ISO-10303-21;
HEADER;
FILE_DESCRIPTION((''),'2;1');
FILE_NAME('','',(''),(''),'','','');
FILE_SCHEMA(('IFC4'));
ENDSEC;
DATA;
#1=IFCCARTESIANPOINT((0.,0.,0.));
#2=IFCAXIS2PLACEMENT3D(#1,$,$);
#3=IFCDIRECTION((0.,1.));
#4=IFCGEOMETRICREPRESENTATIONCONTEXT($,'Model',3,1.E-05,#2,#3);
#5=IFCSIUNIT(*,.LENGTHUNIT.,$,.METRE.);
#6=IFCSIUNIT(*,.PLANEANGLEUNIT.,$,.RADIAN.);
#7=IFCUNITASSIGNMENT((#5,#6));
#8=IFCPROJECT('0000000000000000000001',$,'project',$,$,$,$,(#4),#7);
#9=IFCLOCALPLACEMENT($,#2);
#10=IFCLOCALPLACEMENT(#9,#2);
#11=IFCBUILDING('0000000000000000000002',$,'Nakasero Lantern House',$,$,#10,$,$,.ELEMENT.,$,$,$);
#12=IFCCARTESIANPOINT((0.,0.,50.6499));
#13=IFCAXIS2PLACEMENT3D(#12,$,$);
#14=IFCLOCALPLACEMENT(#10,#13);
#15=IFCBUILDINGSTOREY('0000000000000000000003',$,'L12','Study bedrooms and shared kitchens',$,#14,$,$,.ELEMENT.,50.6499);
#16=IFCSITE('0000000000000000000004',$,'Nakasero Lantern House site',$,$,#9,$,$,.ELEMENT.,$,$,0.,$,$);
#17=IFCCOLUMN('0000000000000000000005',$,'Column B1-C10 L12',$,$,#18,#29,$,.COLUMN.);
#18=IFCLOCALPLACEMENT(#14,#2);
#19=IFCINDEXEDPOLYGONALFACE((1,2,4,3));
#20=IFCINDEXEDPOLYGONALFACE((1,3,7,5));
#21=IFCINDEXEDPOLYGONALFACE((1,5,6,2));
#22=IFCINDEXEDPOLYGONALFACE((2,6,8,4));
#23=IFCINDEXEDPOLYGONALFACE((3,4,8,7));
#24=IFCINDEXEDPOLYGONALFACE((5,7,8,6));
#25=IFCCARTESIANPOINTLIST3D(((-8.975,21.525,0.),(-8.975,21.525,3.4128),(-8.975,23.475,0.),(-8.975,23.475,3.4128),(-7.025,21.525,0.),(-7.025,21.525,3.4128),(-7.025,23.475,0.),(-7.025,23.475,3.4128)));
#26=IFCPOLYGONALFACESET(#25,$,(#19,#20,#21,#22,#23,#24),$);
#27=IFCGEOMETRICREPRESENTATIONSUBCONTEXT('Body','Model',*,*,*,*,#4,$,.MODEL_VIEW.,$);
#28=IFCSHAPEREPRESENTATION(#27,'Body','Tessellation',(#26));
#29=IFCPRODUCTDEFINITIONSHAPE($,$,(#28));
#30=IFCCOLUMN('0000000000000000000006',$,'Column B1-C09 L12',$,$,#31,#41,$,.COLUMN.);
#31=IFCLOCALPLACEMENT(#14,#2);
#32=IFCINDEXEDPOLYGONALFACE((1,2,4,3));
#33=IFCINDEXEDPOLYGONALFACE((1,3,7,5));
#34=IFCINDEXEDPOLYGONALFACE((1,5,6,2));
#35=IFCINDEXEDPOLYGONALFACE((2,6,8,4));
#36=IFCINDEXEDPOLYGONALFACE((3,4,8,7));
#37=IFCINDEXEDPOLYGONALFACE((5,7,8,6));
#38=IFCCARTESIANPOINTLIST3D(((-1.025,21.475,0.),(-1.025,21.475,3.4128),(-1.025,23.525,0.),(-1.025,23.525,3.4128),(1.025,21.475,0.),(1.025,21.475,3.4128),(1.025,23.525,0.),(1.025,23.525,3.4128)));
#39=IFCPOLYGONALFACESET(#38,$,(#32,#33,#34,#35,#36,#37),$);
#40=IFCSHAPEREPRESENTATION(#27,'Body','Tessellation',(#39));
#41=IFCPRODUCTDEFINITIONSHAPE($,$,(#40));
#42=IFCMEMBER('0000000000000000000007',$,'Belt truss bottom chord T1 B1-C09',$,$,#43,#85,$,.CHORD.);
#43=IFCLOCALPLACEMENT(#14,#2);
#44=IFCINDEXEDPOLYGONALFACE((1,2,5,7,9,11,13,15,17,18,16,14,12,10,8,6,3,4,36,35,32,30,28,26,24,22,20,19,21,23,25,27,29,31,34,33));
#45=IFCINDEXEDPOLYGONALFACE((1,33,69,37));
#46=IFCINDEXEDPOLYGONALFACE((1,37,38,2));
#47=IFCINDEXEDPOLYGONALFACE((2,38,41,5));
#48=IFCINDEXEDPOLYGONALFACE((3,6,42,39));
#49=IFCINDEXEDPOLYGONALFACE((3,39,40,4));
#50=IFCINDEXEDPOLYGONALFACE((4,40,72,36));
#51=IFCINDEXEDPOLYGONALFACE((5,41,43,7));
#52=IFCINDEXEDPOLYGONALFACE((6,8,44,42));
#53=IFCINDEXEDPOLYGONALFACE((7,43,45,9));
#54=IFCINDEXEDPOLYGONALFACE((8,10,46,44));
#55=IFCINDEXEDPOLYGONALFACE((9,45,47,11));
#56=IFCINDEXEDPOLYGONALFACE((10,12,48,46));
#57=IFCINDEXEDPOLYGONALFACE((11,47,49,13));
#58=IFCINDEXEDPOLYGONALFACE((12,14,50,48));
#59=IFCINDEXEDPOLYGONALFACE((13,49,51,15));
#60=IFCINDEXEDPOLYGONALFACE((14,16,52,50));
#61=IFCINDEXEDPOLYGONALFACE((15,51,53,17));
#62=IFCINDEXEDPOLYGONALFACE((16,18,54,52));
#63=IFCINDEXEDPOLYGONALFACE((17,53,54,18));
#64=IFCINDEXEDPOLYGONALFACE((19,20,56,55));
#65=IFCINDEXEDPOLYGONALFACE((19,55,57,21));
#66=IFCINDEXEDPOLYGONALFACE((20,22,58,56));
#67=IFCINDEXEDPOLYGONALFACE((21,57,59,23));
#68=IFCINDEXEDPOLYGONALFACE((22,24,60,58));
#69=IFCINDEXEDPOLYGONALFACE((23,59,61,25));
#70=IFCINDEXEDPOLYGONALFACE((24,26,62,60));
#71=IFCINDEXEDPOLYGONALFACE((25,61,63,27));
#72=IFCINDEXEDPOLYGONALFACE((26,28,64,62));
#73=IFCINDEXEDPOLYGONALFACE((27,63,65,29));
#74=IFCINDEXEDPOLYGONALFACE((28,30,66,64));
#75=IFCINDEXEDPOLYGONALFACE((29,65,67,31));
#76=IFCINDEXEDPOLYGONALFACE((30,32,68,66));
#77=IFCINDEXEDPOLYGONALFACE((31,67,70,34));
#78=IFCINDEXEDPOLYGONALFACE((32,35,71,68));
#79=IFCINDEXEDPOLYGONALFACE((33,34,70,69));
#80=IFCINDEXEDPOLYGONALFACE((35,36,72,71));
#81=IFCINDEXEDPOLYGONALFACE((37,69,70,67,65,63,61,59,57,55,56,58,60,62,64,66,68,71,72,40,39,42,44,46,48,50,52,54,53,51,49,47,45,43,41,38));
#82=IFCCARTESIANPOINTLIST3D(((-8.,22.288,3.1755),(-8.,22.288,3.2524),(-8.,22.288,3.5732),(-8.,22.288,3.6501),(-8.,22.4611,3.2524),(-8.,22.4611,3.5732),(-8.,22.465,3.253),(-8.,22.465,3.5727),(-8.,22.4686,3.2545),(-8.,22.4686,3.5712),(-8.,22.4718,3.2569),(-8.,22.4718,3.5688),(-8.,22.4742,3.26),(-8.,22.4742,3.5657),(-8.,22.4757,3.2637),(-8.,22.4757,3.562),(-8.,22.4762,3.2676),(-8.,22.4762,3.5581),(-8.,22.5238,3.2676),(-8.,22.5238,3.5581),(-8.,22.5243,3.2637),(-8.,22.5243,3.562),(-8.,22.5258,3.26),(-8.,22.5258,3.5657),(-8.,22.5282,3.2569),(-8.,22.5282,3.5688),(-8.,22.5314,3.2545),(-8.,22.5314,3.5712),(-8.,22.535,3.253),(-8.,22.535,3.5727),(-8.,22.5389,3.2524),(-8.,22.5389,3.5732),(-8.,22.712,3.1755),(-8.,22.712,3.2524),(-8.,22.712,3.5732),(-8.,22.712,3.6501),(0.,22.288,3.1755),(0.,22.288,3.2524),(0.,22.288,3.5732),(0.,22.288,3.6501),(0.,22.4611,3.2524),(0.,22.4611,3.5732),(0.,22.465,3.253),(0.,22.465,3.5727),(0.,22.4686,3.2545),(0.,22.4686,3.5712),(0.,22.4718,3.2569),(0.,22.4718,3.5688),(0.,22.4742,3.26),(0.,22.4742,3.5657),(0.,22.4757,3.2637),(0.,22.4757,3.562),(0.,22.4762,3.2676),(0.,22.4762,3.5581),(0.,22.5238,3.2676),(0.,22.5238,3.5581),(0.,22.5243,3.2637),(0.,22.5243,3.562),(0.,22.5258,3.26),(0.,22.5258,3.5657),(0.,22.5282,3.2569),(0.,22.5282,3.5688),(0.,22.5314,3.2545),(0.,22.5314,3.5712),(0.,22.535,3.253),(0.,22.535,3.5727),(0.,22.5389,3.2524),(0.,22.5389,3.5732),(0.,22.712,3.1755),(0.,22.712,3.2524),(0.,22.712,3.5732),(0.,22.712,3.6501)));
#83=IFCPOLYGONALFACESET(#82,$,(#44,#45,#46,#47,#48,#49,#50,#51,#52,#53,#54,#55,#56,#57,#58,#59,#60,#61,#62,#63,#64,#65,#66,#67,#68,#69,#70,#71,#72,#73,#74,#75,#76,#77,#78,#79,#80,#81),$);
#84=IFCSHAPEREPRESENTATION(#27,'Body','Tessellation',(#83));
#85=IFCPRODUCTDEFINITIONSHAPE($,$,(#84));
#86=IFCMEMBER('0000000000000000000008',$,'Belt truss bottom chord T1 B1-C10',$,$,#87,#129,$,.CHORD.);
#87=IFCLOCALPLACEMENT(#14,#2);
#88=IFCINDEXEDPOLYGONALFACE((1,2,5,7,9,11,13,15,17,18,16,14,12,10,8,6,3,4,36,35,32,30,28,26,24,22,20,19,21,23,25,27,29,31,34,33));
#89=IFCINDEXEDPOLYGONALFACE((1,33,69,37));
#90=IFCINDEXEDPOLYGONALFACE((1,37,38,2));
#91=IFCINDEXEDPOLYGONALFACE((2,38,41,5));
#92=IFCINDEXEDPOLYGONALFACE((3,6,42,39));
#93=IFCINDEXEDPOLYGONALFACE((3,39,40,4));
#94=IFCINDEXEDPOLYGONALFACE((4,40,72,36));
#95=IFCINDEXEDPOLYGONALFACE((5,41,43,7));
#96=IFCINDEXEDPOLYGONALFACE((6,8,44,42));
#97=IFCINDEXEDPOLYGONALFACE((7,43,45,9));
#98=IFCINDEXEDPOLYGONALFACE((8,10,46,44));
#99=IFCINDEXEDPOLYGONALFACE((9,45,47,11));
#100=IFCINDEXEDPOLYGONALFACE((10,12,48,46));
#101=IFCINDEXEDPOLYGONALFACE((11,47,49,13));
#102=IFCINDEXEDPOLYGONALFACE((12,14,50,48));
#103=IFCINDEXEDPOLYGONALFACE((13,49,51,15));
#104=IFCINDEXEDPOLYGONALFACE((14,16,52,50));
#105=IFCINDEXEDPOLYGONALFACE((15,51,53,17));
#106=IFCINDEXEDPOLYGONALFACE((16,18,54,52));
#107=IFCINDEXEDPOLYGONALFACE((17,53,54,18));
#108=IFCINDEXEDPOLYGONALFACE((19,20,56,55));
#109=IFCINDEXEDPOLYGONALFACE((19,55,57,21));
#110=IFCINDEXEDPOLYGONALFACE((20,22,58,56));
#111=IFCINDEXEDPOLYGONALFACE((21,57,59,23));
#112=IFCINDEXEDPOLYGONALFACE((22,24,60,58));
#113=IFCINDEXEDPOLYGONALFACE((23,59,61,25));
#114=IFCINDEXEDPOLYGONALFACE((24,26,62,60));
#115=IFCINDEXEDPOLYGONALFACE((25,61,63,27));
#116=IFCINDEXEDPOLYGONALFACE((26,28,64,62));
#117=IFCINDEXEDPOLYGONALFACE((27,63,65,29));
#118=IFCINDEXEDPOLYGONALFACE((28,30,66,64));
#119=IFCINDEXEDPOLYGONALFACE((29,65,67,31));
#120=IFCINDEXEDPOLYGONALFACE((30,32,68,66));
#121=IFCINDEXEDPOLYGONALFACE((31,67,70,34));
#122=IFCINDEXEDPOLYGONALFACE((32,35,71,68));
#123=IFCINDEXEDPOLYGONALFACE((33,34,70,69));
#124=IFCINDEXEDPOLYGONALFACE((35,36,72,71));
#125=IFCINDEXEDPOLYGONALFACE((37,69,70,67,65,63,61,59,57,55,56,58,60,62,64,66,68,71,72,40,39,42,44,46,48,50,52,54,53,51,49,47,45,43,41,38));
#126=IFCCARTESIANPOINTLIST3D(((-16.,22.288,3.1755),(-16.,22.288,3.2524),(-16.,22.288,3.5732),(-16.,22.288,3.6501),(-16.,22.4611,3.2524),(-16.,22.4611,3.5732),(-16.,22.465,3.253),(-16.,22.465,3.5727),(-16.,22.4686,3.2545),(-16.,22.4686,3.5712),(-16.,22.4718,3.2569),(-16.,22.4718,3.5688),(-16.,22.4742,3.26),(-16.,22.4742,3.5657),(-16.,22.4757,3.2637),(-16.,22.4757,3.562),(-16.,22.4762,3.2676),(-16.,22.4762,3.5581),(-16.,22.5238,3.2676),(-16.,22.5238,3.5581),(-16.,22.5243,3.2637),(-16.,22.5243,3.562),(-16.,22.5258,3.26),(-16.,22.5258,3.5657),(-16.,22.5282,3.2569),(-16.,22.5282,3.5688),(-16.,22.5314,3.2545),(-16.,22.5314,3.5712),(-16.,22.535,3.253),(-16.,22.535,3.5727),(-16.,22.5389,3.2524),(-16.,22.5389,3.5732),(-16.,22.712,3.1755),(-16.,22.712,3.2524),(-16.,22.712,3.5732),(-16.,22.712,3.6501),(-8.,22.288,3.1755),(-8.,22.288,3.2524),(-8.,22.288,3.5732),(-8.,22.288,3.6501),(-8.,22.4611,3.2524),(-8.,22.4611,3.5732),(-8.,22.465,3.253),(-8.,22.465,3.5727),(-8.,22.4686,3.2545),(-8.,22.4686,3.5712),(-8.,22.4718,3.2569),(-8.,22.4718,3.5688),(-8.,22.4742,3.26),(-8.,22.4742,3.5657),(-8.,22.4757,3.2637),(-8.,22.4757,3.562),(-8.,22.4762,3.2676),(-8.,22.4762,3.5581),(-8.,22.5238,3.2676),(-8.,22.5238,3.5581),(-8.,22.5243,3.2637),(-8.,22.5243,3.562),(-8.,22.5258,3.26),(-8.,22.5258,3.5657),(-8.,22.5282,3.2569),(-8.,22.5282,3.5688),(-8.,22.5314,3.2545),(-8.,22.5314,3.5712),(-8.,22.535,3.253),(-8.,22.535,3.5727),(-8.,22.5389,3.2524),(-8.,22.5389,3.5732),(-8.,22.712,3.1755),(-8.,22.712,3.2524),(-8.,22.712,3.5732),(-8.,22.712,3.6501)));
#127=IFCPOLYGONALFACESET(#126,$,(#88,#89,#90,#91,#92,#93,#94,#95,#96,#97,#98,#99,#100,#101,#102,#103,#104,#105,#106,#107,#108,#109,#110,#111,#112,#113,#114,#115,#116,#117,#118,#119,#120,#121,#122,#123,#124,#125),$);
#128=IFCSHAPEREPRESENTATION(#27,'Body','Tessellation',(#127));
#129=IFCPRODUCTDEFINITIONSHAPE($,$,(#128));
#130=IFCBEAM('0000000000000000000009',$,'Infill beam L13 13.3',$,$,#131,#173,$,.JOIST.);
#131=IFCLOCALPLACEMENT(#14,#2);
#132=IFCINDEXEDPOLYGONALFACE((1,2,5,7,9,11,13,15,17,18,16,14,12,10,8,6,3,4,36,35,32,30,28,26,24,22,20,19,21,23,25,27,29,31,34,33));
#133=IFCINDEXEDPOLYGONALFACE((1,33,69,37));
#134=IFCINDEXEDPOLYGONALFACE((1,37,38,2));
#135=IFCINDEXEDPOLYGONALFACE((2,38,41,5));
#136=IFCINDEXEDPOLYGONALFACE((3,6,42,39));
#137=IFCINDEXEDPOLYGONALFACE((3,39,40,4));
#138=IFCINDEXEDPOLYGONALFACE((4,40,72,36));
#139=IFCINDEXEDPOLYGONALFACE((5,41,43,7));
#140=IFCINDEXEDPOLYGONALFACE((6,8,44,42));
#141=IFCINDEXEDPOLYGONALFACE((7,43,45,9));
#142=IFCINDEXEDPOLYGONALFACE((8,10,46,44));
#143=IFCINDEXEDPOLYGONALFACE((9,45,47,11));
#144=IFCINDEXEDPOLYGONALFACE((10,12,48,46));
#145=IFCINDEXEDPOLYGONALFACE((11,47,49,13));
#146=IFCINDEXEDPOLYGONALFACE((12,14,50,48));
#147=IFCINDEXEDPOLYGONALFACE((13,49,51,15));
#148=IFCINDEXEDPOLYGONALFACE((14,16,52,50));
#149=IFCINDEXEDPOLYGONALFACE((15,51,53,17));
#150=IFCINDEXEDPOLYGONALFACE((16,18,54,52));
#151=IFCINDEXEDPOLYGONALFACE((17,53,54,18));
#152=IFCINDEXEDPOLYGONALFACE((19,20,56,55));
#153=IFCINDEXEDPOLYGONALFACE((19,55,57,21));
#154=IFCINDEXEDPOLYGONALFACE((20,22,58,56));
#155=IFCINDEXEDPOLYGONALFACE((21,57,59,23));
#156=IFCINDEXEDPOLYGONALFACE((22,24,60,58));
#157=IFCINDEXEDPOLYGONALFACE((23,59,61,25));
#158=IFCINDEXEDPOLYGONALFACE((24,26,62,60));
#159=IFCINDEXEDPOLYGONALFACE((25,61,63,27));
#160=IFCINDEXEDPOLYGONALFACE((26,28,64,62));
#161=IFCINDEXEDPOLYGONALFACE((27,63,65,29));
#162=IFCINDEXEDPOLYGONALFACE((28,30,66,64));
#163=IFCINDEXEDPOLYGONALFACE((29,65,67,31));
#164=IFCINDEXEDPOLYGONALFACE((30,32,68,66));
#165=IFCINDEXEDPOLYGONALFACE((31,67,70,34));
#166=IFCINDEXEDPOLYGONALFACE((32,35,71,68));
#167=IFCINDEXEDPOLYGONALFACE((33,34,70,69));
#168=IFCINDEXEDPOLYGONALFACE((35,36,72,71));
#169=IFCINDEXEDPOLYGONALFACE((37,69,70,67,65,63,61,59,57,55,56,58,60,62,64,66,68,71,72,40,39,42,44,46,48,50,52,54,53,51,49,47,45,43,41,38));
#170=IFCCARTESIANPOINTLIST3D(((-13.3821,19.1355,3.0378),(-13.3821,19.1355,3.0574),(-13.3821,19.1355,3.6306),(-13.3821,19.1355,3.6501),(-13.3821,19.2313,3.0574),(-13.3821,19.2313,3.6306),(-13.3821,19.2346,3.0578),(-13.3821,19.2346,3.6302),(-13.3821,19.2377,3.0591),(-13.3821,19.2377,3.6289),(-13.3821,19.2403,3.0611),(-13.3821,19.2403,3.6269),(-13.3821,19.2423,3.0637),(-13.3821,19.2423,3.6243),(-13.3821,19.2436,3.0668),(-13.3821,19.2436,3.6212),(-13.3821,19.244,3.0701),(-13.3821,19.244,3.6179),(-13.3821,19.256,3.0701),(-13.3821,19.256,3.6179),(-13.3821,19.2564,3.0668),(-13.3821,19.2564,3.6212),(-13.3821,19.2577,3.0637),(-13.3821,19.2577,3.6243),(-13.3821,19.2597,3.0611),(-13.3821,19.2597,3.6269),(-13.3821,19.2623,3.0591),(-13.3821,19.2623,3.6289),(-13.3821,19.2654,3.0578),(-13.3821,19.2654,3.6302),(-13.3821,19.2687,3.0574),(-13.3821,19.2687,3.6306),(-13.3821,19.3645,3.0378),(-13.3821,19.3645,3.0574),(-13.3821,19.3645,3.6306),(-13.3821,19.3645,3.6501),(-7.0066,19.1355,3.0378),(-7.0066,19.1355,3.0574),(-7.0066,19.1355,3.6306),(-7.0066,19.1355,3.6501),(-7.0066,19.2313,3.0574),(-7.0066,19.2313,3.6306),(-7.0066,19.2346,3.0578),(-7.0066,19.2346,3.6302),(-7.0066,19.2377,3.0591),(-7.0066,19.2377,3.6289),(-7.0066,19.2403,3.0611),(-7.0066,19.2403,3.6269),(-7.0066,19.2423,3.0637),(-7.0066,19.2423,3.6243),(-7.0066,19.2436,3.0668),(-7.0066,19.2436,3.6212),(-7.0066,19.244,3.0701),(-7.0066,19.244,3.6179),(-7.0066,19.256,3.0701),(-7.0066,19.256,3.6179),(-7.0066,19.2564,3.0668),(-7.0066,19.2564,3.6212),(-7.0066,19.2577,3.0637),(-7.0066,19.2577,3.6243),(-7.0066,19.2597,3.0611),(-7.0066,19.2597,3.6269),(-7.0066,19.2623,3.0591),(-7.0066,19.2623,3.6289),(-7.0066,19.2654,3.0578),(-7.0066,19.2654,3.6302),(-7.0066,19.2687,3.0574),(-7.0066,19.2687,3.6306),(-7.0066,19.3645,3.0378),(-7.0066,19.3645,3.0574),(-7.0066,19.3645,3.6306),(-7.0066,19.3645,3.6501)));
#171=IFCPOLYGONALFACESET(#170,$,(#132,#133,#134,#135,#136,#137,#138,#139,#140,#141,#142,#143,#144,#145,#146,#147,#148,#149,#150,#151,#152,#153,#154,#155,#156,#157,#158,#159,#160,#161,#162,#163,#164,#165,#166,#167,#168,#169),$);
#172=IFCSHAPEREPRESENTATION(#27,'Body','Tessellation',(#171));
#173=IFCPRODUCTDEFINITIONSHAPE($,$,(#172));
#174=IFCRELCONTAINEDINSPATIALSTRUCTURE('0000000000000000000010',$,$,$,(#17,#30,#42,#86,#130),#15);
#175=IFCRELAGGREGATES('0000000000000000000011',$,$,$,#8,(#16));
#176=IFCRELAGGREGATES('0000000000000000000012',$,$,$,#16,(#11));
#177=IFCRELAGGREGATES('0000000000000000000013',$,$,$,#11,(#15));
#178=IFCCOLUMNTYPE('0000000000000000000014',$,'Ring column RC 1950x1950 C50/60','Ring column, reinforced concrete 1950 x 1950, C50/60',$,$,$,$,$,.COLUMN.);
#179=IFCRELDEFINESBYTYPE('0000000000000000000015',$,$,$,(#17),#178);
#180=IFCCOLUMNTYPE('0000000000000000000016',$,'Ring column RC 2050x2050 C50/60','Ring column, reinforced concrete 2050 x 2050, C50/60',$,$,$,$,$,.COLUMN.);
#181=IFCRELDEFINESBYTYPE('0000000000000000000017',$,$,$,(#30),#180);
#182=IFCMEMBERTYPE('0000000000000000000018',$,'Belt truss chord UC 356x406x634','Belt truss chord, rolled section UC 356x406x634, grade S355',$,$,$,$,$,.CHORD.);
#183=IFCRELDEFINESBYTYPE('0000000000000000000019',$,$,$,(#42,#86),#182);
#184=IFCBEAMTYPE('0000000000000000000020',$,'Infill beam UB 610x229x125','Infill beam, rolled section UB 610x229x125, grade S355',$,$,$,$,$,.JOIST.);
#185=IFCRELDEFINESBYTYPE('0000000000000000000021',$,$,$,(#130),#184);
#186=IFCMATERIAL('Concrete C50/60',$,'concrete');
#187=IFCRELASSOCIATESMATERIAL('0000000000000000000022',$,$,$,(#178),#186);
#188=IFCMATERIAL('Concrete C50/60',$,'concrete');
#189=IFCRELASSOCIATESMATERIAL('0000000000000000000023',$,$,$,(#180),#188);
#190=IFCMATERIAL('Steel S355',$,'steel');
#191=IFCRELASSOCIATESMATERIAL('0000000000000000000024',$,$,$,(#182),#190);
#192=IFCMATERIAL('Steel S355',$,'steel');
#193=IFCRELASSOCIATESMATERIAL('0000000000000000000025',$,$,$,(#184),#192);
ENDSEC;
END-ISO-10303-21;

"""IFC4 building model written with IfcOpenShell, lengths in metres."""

from ifc_helpers import new_model, si_unit, direction, frame, origin, origin_2d, place, context, subcontext, project, spatial, rectangle, i_section, extrude, material, material_profile, profile_set, type_object, element, save


model = new_model("IFC4")

# Units and contexts
model_context = context("Model", 3, precision=1e-05, world=origin(), true_north=direction((0.0, 1.0)))
body_context = subcontext(model_context, "Body", "Model", "MODEL_VIEW")
ifc_project = project(units=[si_unit("LENGTHUNIT", "METRE"), si_unit("PLANEANGLEUNIT", "RADIAN")], contexts=[model_context])

# Site, building, storey
site_placement = place(None, origin())
site = spatial("IfcSite", under=ifc_project, at=site_placement, Name="Nakasero Lantern House site", CompositionType="ELEMENT", RefElevation=0.0)
building_placement = place(site_placement, origin())
building = spatial("IfcBuilding", under=site, at=building_placement, Name="Nakasero Lantern House", CompositionType="ELEMENT")
storey_placement = place(building_placement, frame((0.0, 0.0, 50.6499)))
storey = spatial("IfcBuildingStorey", under=building, at=storey_placement, Name="L12", Description="Study bedrooms and shared kitchens", CompositionType="ELEMENT", Elevation=50.6499)

# Columns
ifc_material_1 = material(Name="Concrete C50/60", Category="concrete")
ifc_material_profile_1 = material_profile(ifc_material_1, rectangle(XDim=1.95, YDim=1.95, at=origin_2d()), Name="RC 1950x1950")
ifc_profile_set_1 = profile_set([ifc_material_profile_1], Name="Concrete C50/60")
column_type_1 = type_object("IfcColumnType", Name="Ring column RC 1950x1950 C50/60", Description="Ring column, reinforced concrete 1950 x 1950, C50/60", PredefinedType="COLUMN", material=ifc_profile_set_1)
column_1_placement = place(storey_placement, frame((-8.0, 22.5, 0.0), z_axis=(0.0, 0.0, 1.0), x_axis=(1.0, 0.0, 0.0)))
element("IfcColumn", 1, at=column_1_placement, inside=storey, type_object=column_type_1, Name="Column B1-C10 L12", PredefinedType="COLUMN", context=body_context, shape_type="SweptSolid", body=[
    extrude(rectangle(XDim=1.95, YDim=1.95, at=origin_2d()), origin(), (0.0, 0.0, 1.0), 3.4128),
])
ifc_material_2 = material(Name="Concrete C50/60", Category="concrete")
ifc_material_profile_2 = material_profile(ifc_material_2, rectangle(XDim=2.05, YDim=2.05, at=origin_2d()), Name="RC 2050x2050")
ifc_profile_set_2 = profile_set([ifc_material_profile_2], Name="Concrete C50/60")
column_type_2 = type_object("IfcColumnType", Name="Ring column RC 2050x2050 C50/60", Description="Ring column, reinforced concrete 2050 x 2050, C50/60", PredefinedType="COLUMN", material=ifc_profile_set_2)
column_2_placement = place(storey_placement, frame((0.0, 22.5, 0.0), z_axis=(0.0, 0.0, 1.0), x_axis=(1.0, 0.0, 0.0)))
element("IfcColumn", 2, at=column_2_placement, inside=storey, type_object=column_type_2, Name="Column B1-C09 L12", PredefinedType="COLUMN", context=body_context, shape_type="SweptSolid", body=[
    extrude(rectangle(XDim=2.05, YDim=2.05, at=origin_2d()), origin(), (0.0, 0.0, 1.0), 3.4128),
])

# Members
ifc_material_3 = material(Name="Steel S355", Category="steel")
ifc_material_profile_3 = material_profile(ifc_material_3, i_section(OverallWidth=0.4241, OverallDepth=0.4746, WebThickness=0.0476, FlangeThickness=0.0769, FilletRadius=0.0151, at=origin_2d()), Name="UC 356x406x634")
ifc_profile_set_3 = profile_set([ifc_material_profile_3], Name="Steel S355")
member_type = type_object("IfcMemberType", Name="Belt truss chord UC 356x406x634", Description="Belt truss chord, rolled section UC 356x406x634, grade S355", PredefinedType="CHORD", material=ifc_profile_set_3)
for number, where, z_axis, x_axis, name in (
    (3, (0.0, 22.5, 3.4128), (-1.0, 0.0, 0.0), (0.0, -1.0, 0.0), "Belt truss bottom chord T1 B1-C09"),
    (4, (-8.0, 22.5, 3.4128), (-1.0, 0.0, 0.0), (0.0, -1.0, 0.0), "Belt truss bottom chord T1 B1-C10"),
):
    element("IfcMember", number, at=place(storey_placement, frame(where, z_axis=z_axis, x_axis=x_axis)), inside=storey, type_object=member_type, Name=name, PredefinedType="CHORD", context=body_context, shape_type="SweptSolid", body=[
        extrude(i_section(OverallWidth=0.4241, OverallDepth=0.4746, WebThickness=0.0476, FlangeThickness=0.0769, FilletRadius=0.0151, at=origin_2d()), origin(), (0.0, 0.0, 1.0), 8.0),
    ])

# Beam
ifc_material_4 = material(Name="Steel S355", Category="steel")
ifc_material_profile_4 = material_profile(ifc_material_4, i_section(OverallWidth=0.229, OverallDepth=0.6123, WebThickness=0.012, FlangeThickness=0.0195, FilletRadius=0.0127, at=origin_2d()), Name="UB 610x229x125")
ifc_profile_set_4 = profile_set([ifc_material_profile_4], Name="Steel S355")
beam_type_1 = type_object("IfcBeamType", Name="Infill beam UB 610x229x125", Description="Infill beam, rolled section UB 610x229x125, grade S355", PredefinedType="JOIST", material=ifc_profile_set_4)
beam_1_placement = place(storey_placement, frame((-13.3821, 19.25, 3.344), z_axis=(1.0, 0.0, 0.0), x_axis=(0.0, 1.0, 0.0)))
element("IfcBeam", 5, at=beam_1_placement, inside=storey, type_object=beam_type_1, Name="Infill beam L13 13.3", PredefinedType="JOIST", context=body_context, shape_type="SweptSolid", body=[
    extrude(i_section(OverallWidth=0.229, OverallDepth=0.6123, WebThickness=0.012, FlangeThickness=0.0195, FilletRadius=0.0127, at=origin_2d()), origin(), (0.0, 0.0, 1.0), 6.3755),
])

save(model, "model.ifc")
